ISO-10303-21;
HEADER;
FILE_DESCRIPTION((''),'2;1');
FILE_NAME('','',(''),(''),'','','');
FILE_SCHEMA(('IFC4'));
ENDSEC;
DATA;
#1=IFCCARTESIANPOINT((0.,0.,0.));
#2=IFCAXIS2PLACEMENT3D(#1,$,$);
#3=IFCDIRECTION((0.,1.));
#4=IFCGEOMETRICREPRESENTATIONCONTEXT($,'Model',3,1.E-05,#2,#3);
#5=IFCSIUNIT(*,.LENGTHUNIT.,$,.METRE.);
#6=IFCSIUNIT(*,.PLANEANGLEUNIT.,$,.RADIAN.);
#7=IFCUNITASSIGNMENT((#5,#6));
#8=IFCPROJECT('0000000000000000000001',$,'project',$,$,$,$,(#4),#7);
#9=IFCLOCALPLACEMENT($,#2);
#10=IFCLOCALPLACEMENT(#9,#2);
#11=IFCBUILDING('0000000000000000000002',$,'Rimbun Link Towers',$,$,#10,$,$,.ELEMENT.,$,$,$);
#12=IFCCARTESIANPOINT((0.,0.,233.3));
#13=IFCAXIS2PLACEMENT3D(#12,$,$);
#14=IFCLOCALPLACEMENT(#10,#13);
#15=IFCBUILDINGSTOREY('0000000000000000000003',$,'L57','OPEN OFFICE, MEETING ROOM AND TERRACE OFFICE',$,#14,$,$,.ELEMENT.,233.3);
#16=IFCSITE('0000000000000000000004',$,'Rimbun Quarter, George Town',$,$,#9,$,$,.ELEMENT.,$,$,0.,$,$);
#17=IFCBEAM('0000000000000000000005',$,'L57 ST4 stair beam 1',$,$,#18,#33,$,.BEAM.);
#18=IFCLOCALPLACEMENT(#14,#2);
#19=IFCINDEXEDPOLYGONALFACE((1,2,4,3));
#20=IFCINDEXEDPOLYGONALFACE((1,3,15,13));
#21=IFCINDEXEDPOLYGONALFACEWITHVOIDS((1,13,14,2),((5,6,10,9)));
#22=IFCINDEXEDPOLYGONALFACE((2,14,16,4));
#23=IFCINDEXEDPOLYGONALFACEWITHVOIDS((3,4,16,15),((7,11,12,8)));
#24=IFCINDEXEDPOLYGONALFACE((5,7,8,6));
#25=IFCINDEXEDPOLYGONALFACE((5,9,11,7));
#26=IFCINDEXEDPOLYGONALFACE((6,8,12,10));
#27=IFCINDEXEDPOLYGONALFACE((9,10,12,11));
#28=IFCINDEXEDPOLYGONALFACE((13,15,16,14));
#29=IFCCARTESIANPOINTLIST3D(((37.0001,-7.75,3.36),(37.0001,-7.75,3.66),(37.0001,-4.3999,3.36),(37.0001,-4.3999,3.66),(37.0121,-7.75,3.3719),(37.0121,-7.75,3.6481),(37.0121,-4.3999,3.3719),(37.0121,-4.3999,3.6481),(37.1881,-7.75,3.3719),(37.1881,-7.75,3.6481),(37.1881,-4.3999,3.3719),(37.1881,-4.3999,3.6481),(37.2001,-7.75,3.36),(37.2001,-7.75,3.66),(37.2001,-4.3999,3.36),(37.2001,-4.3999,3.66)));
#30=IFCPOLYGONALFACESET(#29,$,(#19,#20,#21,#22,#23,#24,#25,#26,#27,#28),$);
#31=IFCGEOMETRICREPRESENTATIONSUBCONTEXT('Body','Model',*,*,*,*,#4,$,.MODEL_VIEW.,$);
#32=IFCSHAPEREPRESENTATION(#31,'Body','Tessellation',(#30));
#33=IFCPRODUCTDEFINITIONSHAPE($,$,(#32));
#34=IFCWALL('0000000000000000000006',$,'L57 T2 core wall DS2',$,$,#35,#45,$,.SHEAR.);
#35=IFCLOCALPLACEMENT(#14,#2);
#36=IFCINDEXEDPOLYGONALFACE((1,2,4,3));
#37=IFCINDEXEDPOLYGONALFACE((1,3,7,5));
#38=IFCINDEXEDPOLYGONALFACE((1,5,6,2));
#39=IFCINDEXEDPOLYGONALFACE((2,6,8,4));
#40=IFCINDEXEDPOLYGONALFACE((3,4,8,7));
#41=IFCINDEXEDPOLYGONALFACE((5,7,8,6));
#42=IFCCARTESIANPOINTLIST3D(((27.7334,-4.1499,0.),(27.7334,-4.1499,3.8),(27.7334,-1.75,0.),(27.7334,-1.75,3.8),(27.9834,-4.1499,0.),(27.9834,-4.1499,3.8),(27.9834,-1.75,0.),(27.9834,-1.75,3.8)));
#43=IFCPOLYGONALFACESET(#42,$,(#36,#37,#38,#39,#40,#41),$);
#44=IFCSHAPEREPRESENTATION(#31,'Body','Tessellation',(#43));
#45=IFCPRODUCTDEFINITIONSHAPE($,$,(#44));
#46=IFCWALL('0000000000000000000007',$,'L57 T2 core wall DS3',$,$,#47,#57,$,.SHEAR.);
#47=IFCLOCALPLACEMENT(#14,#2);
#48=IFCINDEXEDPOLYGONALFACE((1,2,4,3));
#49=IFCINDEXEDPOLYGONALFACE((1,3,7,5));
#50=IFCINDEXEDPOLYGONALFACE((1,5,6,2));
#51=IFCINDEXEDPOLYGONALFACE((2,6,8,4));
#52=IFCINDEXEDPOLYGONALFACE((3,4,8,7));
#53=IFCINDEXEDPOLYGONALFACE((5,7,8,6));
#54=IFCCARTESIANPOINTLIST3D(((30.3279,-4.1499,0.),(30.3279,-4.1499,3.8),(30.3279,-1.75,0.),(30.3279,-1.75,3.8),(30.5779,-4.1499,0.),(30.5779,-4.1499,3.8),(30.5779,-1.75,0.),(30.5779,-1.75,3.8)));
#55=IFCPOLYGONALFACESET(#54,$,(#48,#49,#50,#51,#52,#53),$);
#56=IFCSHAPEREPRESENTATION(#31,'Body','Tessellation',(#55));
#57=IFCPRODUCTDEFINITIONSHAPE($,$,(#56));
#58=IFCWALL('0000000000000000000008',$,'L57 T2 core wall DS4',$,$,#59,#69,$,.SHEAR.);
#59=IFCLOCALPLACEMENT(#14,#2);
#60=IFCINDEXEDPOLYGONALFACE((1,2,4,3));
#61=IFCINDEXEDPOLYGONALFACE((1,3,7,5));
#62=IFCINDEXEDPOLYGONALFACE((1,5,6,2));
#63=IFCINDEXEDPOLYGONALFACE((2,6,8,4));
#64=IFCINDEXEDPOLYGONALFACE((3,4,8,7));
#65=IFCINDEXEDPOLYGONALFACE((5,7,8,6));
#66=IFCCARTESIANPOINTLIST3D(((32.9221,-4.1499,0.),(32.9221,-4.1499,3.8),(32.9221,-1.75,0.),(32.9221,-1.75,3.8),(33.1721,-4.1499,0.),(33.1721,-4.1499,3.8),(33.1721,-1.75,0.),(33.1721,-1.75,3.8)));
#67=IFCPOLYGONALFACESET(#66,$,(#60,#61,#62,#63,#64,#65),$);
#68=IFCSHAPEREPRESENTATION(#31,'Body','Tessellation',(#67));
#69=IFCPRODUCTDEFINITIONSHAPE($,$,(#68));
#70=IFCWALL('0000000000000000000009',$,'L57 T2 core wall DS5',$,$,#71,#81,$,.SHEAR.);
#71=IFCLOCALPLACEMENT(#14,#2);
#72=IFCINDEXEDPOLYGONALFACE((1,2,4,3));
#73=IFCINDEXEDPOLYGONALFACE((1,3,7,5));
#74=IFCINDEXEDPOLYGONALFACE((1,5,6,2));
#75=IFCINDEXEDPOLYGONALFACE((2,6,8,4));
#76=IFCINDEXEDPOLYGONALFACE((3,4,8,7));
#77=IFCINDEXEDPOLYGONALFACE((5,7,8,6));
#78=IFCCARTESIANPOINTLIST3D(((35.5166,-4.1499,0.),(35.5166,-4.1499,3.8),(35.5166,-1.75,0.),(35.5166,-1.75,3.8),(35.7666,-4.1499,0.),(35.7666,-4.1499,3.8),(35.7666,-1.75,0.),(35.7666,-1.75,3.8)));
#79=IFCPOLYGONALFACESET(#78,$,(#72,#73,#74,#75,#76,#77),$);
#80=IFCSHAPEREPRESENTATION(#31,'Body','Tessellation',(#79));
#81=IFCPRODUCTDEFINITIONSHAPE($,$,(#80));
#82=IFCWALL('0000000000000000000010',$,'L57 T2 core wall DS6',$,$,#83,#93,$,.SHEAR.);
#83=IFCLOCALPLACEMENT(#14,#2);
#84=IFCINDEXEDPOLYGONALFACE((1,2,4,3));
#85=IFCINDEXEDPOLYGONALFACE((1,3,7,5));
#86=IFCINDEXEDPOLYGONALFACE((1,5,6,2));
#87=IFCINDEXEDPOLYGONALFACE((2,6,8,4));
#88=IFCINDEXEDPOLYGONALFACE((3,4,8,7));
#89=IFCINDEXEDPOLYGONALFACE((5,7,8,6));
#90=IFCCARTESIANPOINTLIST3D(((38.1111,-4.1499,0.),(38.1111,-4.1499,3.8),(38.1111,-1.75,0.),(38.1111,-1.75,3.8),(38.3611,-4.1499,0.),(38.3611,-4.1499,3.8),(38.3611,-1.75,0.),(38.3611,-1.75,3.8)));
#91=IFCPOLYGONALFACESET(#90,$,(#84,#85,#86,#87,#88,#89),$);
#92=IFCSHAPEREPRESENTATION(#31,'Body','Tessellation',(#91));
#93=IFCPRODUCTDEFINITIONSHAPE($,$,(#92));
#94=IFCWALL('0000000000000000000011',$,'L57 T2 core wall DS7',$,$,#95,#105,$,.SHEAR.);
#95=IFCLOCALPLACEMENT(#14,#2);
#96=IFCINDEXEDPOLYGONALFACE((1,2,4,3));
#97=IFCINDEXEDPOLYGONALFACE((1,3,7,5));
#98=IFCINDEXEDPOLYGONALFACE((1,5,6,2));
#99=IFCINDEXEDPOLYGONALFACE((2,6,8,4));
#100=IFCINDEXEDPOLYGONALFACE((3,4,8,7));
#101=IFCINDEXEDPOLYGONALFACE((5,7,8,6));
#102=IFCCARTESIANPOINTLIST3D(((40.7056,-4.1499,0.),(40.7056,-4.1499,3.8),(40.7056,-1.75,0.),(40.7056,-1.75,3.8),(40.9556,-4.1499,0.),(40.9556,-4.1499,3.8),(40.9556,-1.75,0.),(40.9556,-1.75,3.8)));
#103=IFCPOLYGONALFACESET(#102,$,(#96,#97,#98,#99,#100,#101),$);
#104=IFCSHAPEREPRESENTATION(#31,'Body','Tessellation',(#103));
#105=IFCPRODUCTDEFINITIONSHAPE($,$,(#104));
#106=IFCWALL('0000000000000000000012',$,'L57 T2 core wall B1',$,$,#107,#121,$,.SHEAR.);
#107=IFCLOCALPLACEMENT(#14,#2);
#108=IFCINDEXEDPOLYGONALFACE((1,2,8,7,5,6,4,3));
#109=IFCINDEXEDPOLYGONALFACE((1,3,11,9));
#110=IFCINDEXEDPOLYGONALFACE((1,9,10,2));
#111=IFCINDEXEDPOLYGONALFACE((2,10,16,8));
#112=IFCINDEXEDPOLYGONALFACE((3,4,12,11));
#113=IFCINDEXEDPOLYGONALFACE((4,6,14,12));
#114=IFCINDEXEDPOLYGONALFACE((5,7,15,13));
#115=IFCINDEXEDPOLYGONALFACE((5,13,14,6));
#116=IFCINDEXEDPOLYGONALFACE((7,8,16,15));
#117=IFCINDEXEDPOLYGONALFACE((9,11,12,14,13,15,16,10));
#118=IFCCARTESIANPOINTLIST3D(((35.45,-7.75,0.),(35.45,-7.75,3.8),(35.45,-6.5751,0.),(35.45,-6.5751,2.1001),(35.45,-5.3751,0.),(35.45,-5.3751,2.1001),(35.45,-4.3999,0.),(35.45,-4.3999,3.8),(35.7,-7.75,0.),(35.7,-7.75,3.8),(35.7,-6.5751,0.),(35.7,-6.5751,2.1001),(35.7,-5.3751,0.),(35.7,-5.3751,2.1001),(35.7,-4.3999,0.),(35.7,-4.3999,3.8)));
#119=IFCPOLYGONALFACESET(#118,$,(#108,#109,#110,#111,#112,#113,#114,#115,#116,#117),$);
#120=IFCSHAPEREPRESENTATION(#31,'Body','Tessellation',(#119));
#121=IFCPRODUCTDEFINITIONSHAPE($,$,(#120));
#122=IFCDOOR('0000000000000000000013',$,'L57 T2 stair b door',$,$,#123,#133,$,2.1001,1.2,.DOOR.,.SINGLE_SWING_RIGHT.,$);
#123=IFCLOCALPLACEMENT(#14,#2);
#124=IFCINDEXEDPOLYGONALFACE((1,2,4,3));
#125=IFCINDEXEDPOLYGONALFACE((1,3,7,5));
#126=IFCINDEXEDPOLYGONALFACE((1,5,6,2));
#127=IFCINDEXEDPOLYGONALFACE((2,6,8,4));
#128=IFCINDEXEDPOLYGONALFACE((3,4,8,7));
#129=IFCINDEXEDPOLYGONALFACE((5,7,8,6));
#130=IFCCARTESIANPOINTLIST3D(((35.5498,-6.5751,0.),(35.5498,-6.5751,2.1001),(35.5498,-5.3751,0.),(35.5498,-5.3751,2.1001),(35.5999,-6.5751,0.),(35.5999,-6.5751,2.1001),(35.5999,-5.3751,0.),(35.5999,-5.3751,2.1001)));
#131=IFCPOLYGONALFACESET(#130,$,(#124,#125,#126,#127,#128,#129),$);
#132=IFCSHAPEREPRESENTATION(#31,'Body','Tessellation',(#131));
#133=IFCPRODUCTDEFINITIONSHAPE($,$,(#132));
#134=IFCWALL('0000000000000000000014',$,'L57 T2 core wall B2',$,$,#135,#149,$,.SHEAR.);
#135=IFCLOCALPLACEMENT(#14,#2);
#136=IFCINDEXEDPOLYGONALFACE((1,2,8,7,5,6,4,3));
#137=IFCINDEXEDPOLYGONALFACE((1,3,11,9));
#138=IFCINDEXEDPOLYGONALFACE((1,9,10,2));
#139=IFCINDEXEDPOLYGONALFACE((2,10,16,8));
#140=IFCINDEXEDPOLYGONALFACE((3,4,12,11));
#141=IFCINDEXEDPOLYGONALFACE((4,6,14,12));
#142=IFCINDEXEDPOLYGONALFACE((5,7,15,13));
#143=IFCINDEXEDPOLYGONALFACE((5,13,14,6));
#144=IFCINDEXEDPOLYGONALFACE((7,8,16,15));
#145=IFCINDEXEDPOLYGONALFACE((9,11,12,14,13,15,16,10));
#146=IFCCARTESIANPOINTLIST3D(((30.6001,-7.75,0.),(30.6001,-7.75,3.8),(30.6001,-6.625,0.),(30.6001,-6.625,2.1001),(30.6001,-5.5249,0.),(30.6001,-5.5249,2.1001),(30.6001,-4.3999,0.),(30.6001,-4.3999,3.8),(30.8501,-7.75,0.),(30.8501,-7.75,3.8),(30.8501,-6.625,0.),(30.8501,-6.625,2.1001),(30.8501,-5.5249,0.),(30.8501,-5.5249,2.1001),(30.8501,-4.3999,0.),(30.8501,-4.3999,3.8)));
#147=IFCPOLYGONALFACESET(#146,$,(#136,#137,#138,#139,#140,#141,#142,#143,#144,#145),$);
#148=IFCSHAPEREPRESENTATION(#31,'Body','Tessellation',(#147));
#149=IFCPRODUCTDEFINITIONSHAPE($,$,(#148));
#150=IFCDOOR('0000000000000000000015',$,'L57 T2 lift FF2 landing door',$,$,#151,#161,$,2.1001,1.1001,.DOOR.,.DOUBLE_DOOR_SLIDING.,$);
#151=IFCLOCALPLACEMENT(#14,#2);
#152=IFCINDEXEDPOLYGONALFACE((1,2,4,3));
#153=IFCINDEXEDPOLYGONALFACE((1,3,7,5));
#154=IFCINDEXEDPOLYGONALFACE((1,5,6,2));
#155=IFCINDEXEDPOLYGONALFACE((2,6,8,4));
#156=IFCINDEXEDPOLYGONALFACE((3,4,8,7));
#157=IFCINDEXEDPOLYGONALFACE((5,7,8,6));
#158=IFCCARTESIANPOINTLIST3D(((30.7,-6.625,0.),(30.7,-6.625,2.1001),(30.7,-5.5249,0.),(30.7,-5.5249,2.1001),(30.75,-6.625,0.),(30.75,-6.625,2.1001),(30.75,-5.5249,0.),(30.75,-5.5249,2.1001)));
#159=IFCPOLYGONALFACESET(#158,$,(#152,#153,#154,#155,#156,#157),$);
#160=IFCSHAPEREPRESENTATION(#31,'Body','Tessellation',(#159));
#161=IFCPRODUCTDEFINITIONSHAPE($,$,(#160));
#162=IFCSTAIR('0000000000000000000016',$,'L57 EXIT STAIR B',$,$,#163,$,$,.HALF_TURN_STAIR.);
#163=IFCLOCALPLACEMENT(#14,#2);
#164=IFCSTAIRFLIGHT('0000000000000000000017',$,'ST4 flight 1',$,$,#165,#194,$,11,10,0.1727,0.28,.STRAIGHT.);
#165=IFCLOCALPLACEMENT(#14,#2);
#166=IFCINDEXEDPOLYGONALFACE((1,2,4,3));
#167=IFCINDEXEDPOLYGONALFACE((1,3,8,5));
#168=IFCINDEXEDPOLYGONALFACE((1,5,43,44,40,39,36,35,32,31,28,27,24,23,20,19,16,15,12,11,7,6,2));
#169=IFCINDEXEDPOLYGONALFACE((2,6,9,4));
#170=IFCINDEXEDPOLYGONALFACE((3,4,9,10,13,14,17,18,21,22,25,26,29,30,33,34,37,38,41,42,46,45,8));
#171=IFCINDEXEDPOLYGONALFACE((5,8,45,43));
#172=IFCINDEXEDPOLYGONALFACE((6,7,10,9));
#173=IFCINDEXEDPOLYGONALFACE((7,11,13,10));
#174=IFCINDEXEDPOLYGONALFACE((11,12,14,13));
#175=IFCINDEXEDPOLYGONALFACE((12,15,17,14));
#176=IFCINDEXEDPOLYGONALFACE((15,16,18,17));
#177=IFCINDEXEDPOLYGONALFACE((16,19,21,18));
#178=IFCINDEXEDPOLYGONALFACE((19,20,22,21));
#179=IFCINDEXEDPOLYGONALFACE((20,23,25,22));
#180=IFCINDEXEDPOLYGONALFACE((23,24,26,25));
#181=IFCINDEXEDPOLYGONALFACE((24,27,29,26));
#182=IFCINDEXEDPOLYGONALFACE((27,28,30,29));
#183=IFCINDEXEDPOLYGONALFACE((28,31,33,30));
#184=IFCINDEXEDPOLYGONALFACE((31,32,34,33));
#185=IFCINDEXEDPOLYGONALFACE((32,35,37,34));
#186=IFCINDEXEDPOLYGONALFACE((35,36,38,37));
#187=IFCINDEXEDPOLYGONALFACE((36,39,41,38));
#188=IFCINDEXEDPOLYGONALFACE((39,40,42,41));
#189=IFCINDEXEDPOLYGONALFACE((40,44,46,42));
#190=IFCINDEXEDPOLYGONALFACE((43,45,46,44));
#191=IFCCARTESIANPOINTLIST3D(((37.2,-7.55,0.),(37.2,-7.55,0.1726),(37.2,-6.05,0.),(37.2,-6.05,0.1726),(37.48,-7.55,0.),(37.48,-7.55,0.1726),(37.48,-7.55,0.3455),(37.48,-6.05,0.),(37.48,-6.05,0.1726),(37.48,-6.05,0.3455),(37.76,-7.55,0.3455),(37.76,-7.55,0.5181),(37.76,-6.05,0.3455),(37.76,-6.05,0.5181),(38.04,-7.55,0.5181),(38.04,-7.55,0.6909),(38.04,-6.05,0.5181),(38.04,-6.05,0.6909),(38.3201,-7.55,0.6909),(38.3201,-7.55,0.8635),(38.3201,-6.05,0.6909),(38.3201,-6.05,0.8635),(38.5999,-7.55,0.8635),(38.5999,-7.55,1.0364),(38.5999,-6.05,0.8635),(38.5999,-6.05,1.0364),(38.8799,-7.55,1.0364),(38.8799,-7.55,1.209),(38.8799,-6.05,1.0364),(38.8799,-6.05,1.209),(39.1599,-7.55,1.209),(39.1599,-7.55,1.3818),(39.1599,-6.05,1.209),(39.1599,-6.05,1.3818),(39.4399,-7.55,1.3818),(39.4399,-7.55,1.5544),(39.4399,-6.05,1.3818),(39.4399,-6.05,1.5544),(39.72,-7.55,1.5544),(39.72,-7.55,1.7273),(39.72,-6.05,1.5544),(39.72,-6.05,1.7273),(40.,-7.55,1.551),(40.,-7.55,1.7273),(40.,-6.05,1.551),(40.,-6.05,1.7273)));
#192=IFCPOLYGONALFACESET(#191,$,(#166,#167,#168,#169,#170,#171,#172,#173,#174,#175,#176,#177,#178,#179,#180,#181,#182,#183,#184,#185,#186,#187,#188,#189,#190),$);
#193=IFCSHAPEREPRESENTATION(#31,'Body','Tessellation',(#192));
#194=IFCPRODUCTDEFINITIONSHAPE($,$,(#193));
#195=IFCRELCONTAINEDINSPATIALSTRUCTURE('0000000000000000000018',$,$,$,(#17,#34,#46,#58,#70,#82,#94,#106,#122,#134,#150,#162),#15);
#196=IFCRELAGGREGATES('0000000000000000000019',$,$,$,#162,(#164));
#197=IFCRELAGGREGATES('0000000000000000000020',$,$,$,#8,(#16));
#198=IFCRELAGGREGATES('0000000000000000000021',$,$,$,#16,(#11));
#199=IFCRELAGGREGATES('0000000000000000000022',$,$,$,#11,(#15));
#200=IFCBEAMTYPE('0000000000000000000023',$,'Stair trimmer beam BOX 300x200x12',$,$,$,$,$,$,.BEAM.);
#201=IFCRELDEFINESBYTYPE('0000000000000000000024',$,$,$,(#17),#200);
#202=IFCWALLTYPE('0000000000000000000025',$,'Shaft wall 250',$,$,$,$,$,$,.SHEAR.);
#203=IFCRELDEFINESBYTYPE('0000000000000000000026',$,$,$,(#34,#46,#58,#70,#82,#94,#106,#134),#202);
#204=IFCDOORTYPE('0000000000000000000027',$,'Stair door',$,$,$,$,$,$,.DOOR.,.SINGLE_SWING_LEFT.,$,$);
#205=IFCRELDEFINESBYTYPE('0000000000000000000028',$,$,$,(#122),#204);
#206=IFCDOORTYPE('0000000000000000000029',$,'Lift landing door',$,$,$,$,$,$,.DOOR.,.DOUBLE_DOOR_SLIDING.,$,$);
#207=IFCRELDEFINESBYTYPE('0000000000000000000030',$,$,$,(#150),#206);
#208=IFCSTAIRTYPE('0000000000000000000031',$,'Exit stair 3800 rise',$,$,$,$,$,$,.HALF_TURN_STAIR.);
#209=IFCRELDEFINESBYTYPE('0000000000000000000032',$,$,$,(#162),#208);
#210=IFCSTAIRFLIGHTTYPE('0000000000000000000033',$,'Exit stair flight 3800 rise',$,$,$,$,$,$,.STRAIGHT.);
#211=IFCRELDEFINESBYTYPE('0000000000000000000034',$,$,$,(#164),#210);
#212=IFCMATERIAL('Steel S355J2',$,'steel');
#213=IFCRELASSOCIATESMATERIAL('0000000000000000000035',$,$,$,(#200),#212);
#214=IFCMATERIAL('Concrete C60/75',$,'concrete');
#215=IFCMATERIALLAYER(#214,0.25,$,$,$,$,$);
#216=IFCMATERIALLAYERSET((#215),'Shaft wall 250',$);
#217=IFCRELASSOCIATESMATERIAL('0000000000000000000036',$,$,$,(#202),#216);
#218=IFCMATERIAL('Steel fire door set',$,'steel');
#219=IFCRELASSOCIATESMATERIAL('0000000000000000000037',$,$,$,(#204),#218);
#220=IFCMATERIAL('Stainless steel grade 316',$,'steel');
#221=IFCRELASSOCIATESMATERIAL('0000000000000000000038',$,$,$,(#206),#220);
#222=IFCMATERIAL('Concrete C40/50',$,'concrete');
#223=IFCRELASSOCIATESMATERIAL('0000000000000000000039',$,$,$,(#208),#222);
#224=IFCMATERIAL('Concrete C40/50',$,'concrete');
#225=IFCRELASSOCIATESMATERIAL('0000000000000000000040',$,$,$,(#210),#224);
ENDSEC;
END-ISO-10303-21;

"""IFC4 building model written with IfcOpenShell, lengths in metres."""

from ifc_helpers import new_model, si_unit, direction, frame, frame_2d, origin, origin_2d, place, context, subcontext, project, spatial, polyline, rectangle, hollow_rectangle, outline, extrude, material, layer, layer_set, material_profile, profile_set, type_object, element, fill, aggregate, save


model = new_model("IFC4")

# Units and contexts
model_context = context("Model", 3, precision=1e-05, world=origin(), true_north=direction((0.0, 1.0)))
body_context = subcontext(model_context, "Body", "Model", "MODEL_VIEW")
ifc_project = project(units=[si_unit("LENGTHUNIT", "METRE"), si_unit("PLANEANGLEUNIT", "RADIAN")], contexts=[model_context])

# Site, building, storey
site_placement = place(None, origin())
site = spatial("IfcSite", under=ifc_project, at=site_placement, Name="Rimbun Quarter, George Town", CompositionType="ELEMENT", RefElevation=0.0)
building_placement = place(site_placement, origin())
building = spatial("IfcBuilding", under=site, at=building_placement, Name="Rimbun Link Towers", CompositionType="ELEMENT")
storey_placement = place(building_placement, frame((0.0, 0.0, 233.3)))
storey = spatial("IfcBuildingStorey", under=building, at=storey_placement, Name="L57", Description="OPEN OFFICE, MEETING ROOM AND TERRACE OFFICE", CompositionType="ELEMENT", Elevation=233.3)

# Beam
ifc_material_1 = material(Name="Steel S355J2", Category="steel")
ifc_material_profile = material_profile(ifc_material_1, hollow_rectangle(XDim=0.2, YDim=0.3, WallThickness=0.012, at=origin_2d()), Name="BOX 300x200x12")
ifc_profile_set = profile_set([ifc_material_profile], Name="Steel S355J2")
beam_type = type_object("IfcBeamType", Name="Stair trimmer beam BOX 300x200x12", PredefinedType="BEAM", material=ifc_profile_set)
beam_placement = place(storey_placement, frame((37.1001, -7.75, 3.51), z_axis=(0.0, 1.0, 0.0), x_axis=(-1.0, 0.0, 0.0)))
element("IfcBeam", 1, at=beam_placement, inside=storey, type_object=beam_type, Name="L57 ST4 stair beam 1", PredefinedType="BEAM", context=body_context, shape_type="SweptSolid", body=[
    extrude(hollow_rectangle(XDim=0.2, YDim=0.3, WallThickness=0.012, at=origin_2d()), origin(), (0.0, 0.0, 1.0), 3.3501),
])

# Walls
ifc_material_2 = material(Name="Concrete C60/75", Category="concrete")
ifc_layer = layer(ifc_material_2, 0.25)
ifc_layer_set = layer_set([ifc_layer], Name="Shaft wall 250")
wall_type = type_object("IfcWallType", Name="Shaft wall 250", PredefinedType="SHEAR", material=ifc_layer_set)
for number, where, z_axis, x_axis, name in (
    (2, (27.8584, -4.1499, 0.0), (0.0, 0.0, 1.0), (0.0, 1.0, 0.0), "L57 T2 core wall DS2"),
    (3, (30.4529, -4.1499, 0.0), (0.0, 0.0, 1.0), (0.0, 1.0, 0.0), "L57 T2 core wall DS3"),
    (4, (33.0471, -4.1499, 0.0), (0.0, 0.0, 1.0), (0.0, 1.0, 0.0), "L57 T2 core wall DS4"),
    (5, (35.6416, -4.1499, 0.0), (0.0, 0.0, 1.0), (0.0, 1.0, 0.0), "L57 T2 core wall DS5"),
    (6, (38.2361, -4.1499, 0.0), (0.0, 0.0, 1.0), (0.0, 1.0, 0.0), "L57 T2 core wall DS6"),
    (7, (40.8306, -4.1499, 0.0), (0.0, 0.0, 1.0), (0.0, 1.0, 0.0), "L57 T2 core wall DS7"),
):
    element("IfcWall", number, at=place(storey_placement, frame(where, z_axis=z_axis, x_axis=x_axis)), inside=storey, type_object=wall_type, Name=name, PredefinedType="SHEAR", context=body_context, shape_type="SweptSolid", body=[
        extrude(rectangle(XDim=2.3999, YDim=0.25, at=frame_2d((1.2, 0.0))), origin(), (0.0, 0.0, 1.0), 3.8),
    ])

# Walls, openings, doors
wall_1_placement = place(storey_placement, frame((35.575, -4.3999, 0.0), z_axis=(0.0, 0.0, 1.0), x_axis=(0.0, -1.0, 0.0)))
wall_1 = element("IfcWall", 8, at=wall_1_placement, inside=storey, type_object=wall_type, Name="L57 T2 core wall B1", PredefinedType="SHEAR", context=body_context, shape_type="SweptSolid", body=[
    extrude(rectangle(XDim=3.3501, YDim=0.25, at=frame_2d((1.675, 0.0))), origin(), (0.0, 0.0, 1.0), 3.8),
])
opening_1_placement = place(wall_1_placement, frame((0.9751, 0.0, 0.0)))
opening_1 = element("IfcOpeningElement", 9, at=opening_1_placement, cuts=wall_1, PredefinedType="OPENING", context=body_context, shape_type="SweptSolid", body=[
    extrude(rectangle(XDim=1.2, YDim=2.1001, at=frame_2d((0.6001, 1.05))), frame((0.0, 0.135, 0.0), z_axis=(0.0, -1.0, 0.0), x_axis=(1.0, 0.0, 0.0)), (0.0, 0.0, 1.0), 0.27),
])
ifc_material_3 = material(Name="Steel fire door set", Category="steel")
door_type_1 = type_object("IfcDoorType", Name="Stair door", OperationType="SINGLE_SWING_LEFT", PredefinedType="DOOR", material=ifc_material_3)
door_1_placement = place(opening_1_placement, origin())
door_1 = element("IfcDoor", 10, at=door_1_placement, inside=storey, type_object=door_type_1, Name="L57 T2 stair b door", OperationType="SINGLE_SWING_RIGHT", OverallHeight=2.1001, OverallWidth=1.2, PredefinedType="DOOR", context=body_context, shape_type="SweptSolid", body=[
    extrude(rectangle(XDim=1.2, YDim=2.1001, at=frame_2d((0.6001, 1.05))), frame((0.0, 0.0249, 0.0), z_axis=(0.0, -1.0, 0.0), x_axis=(1.0, 0.0, 0.0)), (0.0, 0.0, 1.0), 0.05),
])
fill(opening_1, door_1)
wall_2_placement = place(storey_placement, frame((30.7251, -4.3999, 0.0), z_axis=(0.0, 0.0, 1.0), x_axis=(0.0, -1.0, 0.0)))
wall_2 = element("IfcWall", 11, at=wall_2_placement, inside=storey, type_object=wall_type, Name="L57 T2 core wall B2", PredefinedType="SHEAR", context=body_context, shape_type="SweptSolid", body=[
    extrude(rectangle(XDim=3.3501, YDim=0.25, at=frame_2d((1.675, 0.0))), origin(), (0.0, 0.0, 1.0), 3.8),
])
opening_2_placement = place(wall_2_placement, frame((1.125, 0.0, 0.0)))
opening_2 = element("IfcOpeningElement", 12, at=opening_2_placement, cuts=wall_2, PredefinedType="OPENING", context=body_context, shape_type="SweptSolid", body=[
    extrude(rectangle(XDim=1.1001, YDim=2.1001, at=frame_2d((0.55, 1.05))), frame((0.0, 0.135, 0.0), z_axis=(0.0, -1.0, 0.0), x_axis=(1.0, 0.0, 0.0)), (0.0, 0.0, 1.0), 0.27),
])
ifc_material_4 = material(Name="Stainless steel grade 316", Category="steel")
door_type_2 = type_object("IfcDoorType", Name="Lift landing door", OperationType="DOUBLE_DOOR_SLIDING", PredefinedType="DOOR", material=ifc_material_4)
door_2_placement = place(opening_2_placement, origin())
door_2 = element("IfcDoor", 13, at=door_2_placement, inside=storey, type_object=door_type_2, Name="L57 T2 lift FF2 landing door", OperationType="DOUBLE_DOOR_SLIDING", OverallHeight=2.1001, OverallWidth=1.1001, PredefinedType="DOOR", context=body_context, shape_type="SweptSolid", body=[
    extrude(rectangle(XDim=1.1001, YDim=2.1001, at=frame_2d((0.55, 1.05))), frame((0.0, 0.0249, 0.0), z_axis=(0.0, -1.0, 0.0), x_axis=(1.0, 0.0, 0.0)), (0.0, 0.0, 1.0), 0.05),
])
fill(opening_2, door_2)

# Stair, stair flight
ifc_material_5 = material(Name="Concrete C40/50", Category="concrete")
stair_type = type_object("IfcStairType", Name="Exit stair 3800 rise", PredefinedType="HALF_TURN_STAIR", material=ifc_material_5)
stair_placement = place(storey_placement, origin())
stair = element("IfcStair", 14, at=stair_placement, inside=storey, type_object=stair_type, Name="L57 EXIT STAIR B", PredefinedType="HALF_TURN_STAIR")
ifc_material_6 = material(Name="Concrete C40/50", Category="concrete")
stair_flight_type = type_object("IfcStairFlightType", Name="Exit stair flight 3800 rise", PredefinedType="STRAIGHT", material=ifc_material_6)
stair_flight_1_placement = place(storey_placement, frame((37.2, -6.8, 0.0), z_axis=(0.0, 0.0, 1.0), x_axis=(1.0, 0.0, 0.0)))
stair_flight_1 = element("IfcStairFlight", 15, at=stair_flight_1_placement, type_object=stair_flight_type, Name="ST4 flight 1", NumberOfRisers=11, NumberOfTreads=10, PredefinedType="STRAIGHT", RiserHeight=0.1727, TreadLength=0.28, context=body_context, shape_type="SweptSolid", body=[
    extrude(outline(polyline([(0.0, 0.0), (0.0, 0.1726), (0.28, 0.1726), (0.28, 0.3455), (0.5601, 0.3455), (0.5601, 0.5181), (0.8401, 0.5181), (0.8401, 0.6909), (1.1201, 0.6909), (1.1201, 0.8635), (1.3999, 0.8635), (1.3999, 1.0364), (1.6799, 1.0364), (1.6799, 1.209), (1.96, 1.209), (1.96, 1.3818), (2.24, 1.3818), (2.24, 1.5544), (2.52, 1.5544), (2.52, 1.7273), (2.8, 1.7273), (2.8, 1.8999), (2.8, 1.551), (0.28, 0.0), (0.0, 0.0)])), frame((0.0, 0.75, 0.0), z_axis=(0.0, -1.0, 0.0), x_axis=(1.0, 0.0, 0.0)), (0.0, 0.0, 1.0), 1.5),
])
aggregate(stair, [stair_flight_1])

save(model, "model.ifc")
